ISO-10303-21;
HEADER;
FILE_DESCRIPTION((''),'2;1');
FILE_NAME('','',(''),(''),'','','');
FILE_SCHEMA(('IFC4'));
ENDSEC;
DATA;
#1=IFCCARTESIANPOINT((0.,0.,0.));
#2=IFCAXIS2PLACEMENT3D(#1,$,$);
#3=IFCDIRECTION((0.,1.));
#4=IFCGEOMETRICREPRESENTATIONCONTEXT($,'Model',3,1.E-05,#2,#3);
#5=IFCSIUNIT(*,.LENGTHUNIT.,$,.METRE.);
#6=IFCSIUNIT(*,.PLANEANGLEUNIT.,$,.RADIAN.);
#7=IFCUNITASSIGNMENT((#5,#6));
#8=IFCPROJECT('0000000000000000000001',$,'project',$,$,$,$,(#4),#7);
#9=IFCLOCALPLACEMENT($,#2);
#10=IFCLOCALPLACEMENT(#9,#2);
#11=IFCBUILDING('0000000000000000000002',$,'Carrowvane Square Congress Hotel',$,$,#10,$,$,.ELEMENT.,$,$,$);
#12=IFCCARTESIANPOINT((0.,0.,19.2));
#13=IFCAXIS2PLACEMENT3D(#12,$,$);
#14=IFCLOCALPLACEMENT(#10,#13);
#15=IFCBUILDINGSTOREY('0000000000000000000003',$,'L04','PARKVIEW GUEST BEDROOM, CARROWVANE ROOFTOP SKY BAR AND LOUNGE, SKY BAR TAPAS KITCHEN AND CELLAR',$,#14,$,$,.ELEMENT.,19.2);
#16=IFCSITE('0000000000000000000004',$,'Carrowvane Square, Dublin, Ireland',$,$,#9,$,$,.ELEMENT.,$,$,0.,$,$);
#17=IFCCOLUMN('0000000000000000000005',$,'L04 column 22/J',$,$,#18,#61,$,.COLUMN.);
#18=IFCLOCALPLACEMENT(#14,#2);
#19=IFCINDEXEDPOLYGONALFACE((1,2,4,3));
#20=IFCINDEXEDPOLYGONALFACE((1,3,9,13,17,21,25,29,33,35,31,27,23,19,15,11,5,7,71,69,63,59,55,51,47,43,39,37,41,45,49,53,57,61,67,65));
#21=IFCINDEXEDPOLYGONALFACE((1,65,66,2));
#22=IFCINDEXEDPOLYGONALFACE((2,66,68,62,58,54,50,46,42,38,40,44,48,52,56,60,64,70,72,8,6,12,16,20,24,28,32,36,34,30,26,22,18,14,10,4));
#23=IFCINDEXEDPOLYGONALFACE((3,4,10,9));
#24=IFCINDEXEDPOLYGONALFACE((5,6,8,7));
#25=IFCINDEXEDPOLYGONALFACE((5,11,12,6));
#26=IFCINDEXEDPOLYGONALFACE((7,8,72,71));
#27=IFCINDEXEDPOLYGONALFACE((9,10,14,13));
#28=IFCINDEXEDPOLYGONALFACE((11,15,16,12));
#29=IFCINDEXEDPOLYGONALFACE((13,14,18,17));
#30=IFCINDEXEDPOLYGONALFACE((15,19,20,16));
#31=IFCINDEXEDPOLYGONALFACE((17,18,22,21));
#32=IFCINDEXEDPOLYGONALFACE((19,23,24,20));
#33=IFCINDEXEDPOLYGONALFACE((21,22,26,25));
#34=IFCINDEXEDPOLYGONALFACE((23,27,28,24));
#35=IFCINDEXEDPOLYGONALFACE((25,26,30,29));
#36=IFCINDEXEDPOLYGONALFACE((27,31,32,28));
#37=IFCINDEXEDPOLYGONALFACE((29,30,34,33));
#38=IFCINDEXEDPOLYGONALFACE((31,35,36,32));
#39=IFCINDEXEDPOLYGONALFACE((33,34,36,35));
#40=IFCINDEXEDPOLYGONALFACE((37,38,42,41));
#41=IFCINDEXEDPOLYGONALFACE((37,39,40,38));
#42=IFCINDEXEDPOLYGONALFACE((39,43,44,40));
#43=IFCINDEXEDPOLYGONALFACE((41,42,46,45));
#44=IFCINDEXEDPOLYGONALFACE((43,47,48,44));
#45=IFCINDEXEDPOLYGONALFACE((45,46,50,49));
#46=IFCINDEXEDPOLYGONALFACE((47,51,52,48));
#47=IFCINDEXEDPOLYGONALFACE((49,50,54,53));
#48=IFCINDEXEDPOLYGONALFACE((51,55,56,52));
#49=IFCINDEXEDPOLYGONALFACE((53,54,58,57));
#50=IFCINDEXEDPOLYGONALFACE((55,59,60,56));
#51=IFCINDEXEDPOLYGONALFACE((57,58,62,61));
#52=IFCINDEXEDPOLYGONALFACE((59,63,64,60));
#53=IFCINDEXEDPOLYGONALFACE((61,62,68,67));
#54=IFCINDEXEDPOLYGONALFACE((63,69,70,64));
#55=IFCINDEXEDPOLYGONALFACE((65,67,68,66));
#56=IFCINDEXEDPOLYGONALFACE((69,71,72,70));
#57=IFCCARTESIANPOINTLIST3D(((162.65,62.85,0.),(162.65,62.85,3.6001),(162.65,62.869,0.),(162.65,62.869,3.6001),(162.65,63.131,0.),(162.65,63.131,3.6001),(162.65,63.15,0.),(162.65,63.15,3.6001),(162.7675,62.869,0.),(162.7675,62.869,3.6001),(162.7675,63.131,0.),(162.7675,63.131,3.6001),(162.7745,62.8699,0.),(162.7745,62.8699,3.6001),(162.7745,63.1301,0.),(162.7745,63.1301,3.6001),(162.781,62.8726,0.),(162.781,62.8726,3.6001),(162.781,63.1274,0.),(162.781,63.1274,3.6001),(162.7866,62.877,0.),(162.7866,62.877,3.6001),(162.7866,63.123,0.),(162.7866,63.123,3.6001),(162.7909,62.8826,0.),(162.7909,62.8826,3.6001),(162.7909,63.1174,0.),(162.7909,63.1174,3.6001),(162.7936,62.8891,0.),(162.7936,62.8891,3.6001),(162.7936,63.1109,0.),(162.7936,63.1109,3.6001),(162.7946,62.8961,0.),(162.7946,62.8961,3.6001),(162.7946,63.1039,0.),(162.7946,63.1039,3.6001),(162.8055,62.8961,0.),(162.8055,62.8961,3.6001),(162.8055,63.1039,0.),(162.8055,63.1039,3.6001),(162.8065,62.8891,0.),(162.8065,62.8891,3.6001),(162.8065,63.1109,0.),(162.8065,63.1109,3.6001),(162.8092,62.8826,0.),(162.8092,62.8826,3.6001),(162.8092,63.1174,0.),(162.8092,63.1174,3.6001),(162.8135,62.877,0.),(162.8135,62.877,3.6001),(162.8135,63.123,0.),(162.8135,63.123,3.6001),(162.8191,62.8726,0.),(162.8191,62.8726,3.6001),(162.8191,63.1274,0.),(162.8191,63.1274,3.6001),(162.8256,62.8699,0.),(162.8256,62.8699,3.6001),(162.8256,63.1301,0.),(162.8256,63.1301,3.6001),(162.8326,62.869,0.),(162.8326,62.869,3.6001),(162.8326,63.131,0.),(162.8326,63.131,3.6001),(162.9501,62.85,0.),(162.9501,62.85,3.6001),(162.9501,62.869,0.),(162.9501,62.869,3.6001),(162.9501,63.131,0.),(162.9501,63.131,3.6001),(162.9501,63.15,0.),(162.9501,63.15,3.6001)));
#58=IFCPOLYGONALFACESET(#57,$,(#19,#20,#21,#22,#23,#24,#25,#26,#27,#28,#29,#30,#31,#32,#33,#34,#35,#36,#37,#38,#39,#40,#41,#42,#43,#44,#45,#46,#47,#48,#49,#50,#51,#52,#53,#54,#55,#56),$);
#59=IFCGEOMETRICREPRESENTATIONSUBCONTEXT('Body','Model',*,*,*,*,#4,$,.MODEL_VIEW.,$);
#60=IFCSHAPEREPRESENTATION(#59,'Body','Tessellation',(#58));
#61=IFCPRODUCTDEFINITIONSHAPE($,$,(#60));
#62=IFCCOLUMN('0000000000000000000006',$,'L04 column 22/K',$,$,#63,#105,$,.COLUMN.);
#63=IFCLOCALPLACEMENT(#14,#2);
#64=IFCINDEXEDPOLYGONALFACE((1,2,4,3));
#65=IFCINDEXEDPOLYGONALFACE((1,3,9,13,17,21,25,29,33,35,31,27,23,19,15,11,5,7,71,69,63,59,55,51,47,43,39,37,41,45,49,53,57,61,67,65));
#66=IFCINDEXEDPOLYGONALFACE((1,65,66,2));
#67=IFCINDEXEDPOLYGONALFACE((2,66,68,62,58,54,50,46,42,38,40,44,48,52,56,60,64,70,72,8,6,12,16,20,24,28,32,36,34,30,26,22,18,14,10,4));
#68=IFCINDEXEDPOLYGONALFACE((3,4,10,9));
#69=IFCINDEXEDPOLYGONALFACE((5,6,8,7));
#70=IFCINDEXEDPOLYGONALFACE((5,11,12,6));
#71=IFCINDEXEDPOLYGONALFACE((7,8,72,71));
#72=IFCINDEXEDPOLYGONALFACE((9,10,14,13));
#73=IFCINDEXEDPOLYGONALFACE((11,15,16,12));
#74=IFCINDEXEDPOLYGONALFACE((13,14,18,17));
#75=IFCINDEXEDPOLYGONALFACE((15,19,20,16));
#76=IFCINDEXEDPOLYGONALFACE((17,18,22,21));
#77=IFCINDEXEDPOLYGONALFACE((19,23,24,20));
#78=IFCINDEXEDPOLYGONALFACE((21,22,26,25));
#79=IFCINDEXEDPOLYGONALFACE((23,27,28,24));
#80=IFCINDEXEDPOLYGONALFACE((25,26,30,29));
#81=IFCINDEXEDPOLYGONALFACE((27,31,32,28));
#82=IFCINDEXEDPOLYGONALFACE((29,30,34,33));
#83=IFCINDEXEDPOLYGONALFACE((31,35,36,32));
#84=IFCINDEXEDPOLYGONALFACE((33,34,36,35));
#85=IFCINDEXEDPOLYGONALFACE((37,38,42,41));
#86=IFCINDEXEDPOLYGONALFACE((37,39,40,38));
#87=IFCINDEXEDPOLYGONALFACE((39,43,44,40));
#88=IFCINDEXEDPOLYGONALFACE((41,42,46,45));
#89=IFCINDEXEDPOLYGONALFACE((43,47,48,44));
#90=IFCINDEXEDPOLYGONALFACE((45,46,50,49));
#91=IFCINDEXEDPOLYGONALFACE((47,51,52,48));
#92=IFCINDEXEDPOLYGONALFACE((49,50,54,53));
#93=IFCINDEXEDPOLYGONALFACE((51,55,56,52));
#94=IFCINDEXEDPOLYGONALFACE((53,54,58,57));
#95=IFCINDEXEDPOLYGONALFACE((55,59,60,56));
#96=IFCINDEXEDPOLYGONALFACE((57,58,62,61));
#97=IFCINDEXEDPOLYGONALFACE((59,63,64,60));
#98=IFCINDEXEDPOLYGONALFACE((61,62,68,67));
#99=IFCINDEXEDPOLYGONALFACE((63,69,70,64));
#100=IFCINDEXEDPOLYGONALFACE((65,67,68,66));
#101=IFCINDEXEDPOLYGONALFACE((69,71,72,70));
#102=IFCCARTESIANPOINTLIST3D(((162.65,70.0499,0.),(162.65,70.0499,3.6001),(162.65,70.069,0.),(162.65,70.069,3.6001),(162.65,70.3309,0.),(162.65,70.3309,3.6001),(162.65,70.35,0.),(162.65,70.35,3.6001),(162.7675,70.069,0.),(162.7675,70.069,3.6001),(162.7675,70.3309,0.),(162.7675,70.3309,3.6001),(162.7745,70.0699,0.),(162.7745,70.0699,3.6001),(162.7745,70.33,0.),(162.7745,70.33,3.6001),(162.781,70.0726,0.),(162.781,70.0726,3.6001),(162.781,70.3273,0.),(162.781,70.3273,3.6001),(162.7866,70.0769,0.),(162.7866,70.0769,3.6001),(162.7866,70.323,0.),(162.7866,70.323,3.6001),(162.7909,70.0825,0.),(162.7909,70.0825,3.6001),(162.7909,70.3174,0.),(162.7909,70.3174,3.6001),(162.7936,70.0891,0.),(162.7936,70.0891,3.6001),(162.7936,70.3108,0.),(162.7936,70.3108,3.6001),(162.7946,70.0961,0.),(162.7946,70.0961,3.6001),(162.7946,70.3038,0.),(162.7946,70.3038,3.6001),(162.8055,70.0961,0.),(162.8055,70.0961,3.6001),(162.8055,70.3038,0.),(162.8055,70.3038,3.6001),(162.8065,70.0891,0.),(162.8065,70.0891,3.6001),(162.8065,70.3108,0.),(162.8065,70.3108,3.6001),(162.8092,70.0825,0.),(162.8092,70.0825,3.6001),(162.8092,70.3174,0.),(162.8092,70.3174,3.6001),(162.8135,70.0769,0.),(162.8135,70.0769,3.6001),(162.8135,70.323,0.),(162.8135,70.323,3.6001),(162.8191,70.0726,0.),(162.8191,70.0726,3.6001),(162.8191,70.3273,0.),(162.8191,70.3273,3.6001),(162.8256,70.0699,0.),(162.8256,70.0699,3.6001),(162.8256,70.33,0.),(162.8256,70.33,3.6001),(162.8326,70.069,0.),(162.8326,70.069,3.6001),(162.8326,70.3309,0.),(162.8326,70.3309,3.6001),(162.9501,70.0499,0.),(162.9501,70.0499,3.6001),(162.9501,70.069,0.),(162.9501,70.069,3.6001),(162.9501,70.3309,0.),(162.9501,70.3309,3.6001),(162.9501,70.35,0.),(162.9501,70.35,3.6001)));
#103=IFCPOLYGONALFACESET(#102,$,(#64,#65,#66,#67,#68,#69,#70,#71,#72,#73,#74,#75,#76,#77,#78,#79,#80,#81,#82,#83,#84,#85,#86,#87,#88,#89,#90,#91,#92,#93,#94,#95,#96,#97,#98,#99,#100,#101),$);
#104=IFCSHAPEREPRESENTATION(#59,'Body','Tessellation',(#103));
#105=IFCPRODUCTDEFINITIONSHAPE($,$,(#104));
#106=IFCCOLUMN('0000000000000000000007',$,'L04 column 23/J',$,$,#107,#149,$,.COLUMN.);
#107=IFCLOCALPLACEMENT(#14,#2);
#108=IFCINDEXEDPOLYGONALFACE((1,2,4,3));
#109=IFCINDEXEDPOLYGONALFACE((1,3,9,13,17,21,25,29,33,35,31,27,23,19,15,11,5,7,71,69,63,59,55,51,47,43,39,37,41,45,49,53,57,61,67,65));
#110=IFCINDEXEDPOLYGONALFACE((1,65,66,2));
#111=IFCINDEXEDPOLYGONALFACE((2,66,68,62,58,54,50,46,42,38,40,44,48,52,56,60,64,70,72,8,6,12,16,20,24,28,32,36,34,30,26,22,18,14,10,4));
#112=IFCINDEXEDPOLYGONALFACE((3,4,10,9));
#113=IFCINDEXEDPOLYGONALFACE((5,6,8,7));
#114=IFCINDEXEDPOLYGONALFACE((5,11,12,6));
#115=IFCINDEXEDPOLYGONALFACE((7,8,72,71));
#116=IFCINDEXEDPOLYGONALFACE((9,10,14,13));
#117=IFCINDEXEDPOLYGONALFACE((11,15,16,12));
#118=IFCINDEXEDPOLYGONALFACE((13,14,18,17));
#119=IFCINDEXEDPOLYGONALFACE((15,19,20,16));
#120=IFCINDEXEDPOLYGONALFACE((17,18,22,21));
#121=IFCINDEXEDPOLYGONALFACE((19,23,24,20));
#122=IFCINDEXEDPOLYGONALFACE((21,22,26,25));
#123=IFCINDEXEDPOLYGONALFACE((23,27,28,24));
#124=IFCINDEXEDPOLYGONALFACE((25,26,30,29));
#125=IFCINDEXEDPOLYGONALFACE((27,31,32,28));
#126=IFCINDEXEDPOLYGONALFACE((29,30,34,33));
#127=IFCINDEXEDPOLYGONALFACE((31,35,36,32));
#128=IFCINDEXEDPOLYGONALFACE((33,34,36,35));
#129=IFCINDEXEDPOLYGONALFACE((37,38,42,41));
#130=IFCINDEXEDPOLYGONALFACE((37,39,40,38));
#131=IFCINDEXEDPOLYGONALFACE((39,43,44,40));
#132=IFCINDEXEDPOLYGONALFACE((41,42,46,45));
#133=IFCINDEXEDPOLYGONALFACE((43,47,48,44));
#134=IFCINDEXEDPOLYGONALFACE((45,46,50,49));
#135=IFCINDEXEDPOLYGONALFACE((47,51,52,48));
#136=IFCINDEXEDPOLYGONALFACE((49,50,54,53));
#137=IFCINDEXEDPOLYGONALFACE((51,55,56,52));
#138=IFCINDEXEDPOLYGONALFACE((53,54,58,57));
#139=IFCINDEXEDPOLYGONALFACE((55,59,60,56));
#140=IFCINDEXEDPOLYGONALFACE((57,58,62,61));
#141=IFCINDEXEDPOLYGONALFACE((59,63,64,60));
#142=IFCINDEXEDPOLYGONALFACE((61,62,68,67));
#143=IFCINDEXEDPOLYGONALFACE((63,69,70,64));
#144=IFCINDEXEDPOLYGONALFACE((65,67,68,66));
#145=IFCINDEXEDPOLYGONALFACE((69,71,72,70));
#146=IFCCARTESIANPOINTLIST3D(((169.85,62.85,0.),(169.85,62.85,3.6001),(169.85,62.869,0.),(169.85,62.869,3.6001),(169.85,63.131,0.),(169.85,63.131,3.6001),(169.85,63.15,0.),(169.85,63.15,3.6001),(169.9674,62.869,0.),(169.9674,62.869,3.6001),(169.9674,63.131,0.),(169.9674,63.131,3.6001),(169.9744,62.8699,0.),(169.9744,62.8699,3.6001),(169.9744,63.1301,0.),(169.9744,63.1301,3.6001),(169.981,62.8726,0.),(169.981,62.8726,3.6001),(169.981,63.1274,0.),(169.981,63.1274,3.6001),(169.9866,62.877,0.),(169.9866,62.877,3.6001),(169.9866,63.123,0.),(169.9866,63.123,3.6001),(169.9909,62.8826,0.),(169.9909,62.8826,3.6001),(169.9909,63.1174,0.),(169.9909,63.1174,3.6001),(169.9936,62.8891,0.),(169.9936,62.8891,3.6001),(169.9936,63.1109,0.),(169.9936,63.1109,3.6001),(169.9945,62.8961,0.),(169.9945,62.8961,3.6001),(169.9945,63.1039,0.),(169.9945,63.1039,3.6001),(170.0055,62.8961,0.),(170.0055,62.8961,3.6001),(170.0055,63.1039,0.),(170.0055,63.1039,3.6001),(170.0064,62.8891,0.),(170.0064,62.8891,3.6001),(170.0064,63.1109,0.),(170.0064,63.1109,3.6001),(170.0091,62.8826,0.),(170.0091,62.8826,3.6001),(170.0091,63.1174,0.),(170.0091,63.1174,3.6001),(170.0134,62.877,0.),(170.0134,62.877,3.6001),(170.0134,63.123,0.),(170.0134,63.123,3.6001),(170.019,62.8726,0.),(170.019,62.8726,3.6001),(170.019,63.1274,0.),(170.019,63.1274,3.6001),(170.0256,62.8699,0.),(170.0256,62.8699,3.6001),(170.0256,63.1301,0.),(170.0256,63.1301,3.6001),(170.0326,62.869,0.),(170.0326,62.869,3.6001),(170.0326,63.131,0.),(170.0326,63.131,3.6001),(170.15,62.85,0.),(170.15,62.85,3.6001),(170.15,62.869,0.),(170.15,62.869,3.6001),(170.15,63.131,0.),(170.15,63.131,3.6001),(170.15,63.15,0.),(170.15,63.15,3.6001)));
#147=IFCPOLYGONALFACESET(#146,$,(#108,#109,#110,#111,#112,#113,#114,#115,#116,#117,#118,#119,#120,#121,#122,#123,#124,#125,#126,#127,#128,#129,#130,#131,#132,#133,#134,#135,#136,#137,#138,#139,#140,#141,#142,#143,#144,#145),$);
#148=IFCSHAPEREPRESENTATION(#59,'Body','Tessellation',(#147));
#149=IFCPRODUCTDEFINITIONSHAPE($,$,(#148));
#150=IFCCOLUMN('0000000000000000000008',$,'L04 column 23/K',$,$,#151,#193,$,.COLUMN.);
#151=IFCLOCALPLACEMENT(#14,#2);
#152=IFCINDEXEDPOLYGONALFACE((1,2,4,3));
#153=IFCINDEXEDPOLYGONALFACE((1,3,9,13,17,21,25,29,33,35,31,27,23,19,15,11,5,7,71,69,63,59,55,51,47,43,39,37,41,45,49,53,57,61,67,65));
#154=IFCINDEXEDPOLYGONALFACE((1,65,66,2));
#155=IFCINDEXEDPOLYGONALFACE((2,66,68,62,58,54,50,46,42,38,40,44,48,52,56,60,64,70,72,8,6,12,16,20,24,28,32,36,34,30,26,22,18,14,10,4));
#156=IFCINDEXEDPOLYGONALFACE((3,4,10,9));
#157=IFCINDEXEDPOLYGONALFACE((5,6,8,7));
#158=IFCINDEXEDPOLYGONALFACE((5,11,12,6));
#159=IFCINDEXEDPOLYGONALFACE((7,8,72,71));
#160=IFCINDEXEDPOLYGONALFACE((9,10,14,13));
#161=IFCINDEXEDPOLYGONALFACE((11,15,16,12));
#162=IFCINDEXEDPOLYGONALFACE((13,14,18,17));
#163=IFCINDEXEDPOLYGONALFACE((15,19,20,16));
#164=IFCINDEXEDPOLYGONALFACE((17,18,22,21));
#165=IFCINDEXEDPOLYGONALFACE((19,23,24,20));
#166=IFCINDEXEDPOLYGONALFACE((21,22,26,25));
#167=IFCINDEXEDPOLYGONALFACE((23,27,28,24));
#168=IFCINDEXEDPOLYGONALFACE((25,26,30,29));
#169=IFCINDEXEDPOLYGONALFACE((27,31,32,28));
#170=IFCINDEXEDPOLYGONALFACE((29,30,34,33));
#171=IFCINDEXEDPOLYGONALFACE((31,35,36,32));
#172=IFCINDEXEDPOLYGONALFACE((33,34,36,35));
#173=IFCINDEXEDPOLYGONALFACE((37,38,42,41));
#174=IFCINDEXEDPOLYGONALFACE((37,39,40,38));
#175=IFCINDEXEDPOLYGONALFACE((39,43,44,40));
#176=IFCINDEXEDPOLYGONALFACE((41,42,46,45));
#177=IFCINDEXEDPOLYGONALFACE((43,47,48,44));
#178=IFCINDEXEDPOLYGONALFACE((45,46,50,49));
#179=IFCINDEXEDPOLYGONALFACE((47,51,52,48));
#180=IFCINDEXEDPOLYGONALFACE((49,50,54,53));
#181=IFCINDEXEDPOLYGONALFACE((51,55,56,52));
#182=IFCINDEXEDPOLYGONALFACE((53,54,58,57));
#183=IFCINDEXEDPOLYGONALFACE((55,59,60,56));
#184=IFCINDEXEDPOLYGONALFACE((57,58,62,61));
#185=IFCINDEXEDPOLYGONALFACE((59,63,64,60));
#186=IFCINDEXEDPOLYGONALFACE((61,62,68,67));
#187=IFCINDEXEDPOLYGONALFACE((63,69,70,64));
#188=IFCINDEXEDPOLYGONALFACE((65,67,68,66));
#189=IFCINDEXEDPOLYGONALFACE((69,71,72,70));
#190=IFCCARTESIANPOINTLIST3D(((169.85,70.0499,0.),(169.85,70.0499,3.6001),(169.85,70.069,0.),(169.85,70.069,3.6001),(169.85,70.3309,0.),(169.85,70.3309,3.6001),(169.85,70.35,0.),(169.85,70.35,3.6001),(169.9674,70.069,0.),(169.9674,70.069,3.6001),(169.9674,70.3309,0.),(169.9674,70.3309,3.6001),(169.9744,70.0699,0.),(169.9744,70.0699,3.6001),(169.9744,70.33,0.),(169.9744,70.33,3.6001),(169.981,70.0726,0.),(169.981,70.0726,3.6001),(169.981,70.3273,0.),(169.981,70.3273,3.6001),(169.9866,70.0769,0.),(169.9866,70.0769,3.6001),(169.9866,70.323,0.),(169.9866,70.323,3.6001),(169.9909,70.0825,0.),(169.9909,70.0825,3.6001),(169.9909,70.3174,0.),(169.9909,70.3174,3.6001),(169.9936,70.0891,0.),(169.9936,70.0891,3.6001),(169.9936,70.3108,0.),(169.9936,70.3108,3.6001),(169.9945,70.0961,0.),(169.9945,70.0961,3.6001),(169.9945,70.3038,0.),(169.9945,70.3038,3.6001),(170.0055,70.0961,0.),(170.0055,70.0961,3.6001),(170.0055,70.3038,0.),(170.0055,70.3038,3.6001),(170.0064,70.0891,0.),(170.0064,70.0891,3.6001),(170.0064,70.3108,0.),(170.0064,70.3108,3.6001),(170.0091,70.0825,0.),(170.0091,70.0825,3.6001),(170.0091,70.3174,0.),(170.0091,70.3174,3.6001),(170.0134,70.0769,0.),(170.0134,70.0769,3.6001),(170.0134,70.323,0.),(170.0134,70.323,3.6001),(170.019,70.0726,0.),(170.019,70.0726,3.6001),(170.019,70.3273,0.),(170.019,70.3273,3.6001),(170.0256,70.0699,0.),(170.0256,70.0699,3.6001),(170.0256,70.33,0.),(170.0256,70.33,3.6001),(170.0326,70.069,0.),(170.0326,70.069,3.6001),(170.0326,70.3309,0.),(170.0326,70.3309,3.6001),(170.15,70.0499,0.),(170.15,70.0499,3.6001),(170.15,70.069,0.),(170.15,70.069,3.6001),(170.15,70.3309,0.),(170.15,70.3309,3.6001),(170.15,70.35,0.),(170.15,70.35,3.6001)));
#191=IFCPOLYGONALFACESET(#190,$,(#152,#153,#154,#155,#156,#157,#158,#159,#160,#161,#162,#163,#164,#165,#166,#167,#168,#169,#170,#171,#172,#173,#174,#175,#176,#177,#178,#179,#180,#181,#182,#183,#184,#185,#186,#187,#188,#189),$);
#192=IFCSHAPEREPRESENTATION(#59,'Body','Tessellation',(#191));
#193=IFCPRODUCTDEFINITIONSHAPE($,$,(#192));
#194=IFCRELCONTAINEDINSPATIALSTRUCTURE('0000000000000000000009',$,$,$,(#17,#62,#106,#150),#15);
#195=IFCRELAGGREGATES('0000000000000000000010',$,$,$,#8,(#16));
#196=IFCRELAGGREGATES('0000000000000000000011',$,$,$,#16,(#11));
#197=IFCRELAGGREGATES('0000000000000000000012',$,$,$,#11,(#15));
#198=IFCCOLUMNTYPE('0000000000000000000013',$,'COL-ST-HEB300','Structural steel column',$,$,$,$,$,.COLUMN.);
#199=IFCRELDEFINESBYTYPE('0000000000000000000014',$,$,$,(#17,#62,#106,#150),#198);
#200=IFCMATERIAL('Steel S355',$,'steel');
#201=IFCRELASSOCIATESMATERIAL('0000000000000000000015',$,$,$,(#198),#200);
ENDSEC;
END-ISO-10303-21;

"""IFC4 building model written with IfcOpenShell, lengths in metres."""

from ifc_helpers import new_model, si_unit, direction, frame, origin, origin_2d, place, context, subcontext, project, spatial, i_section, extrude, material, material_profile, profile_set, type_object, element, save


model = new_model("IFC4")

# Units and contexts
model_context = context("Model", 3, precision=1e-05, world=origin(), true_north=direction((0.0, 1.0)))
body_context = subcontext(model_context, "Body", "Model", "MODEL_VIEW")
ifc_project = project(units=[si_unit("LENGTHUNIT", "METRE"), si_unit("PLANEANGLEUNIT", "RADIAN")], contexts=[model_context])

# Site, building, storey
site_placement = place(None, origin())
site = spatial("IfcSite", under=ifc_project, at=site_placement, Name="Carrowvane Square, Dublin, Ireland", CompositionType="ELEMENT", RefElevation=0.0)
building_placement = place(site_placement, origin())
building = spatial("IfcBuilding", under=site, at=building_placement, Name="Carrowvane Square Congress Hotel", CompositionType="ELEMENT")
storey_placement = place(building_placement, frame((0.0, 0.0, 19.2)))
storey = spatial("IfcBuildingStorey", under=building, at=storey_placement, Name="L04", Description="PARKVIEW GUEST BEDROOM, CARROWVANE ROOFTOP SKY BAR AND LOUNGE, SKY BAR TAPAS KITCHEN AND CELLAR", CompositionType="ELEMENT", Elevation=19.2)

# Columns
ifc_material_1 = material(Name="Steel S355", Category="steel")
ifc_material_profile_1 = material_profile(ifc_material_1, i_section(OverallWidth=0.3, OverallDepth=0.3, WebThickness=0.011, FlangeThickness=0.019, FilletRadius=0.0271, at=origin_2d()), Name="HEB 300")
ifc_profile_set_1 = profile_set([ifc_material_profile_1], Name="Steel S355")
column_type = type_object("IfcColumnType", Name="COL-ST-HEB300", Description="Structural steel column", PredefinedType="COLUMN", material=ifc_profile_set_1)
for number, where, z_axis, x_axis, name in (
    (1, (162.8, 63.0, 0.0), (0.0, 0.0, 1.0), (1.0, 0.0, 0.0), "L04 column 22/J"),
    (2, (162.8, 70.2, 0.0), (0.0, 0.0, 1.0), (1.0, 0.0, 0.0), "L04 column 22/K"),
    (3, (170.0, 63.0, 0.0), (0.0, 0.0, 1.0), (1.0, 0.0, 0.0), "L04 column 23/J"),
    (4, (170.0, 70.2, 0.0), (0.0, 0.0, 1.0), (1.0, 0.0, 0.0), "L04 column 23/K"),
):
    element("IfcColumn", number, at=place(storey_placement, frame(where, z_axis=z_axis, x_axis=x_axis)), inside=storey, type_object=column_type, Name=name, PredefinedType="COLUMN", context=body_context, shape_type="SweptSolid", body=[
        extrude(i_section(OverallWidth=0.3, OverallDepth=0.3, WebThickness=0.011, FlangeThickness=0.019, FilletRadius=0.0271, at=origin_2d()), origin(), (0.0, 0.0, 1.0), 3.6001),
    ])

save(model, "model.ifc")
